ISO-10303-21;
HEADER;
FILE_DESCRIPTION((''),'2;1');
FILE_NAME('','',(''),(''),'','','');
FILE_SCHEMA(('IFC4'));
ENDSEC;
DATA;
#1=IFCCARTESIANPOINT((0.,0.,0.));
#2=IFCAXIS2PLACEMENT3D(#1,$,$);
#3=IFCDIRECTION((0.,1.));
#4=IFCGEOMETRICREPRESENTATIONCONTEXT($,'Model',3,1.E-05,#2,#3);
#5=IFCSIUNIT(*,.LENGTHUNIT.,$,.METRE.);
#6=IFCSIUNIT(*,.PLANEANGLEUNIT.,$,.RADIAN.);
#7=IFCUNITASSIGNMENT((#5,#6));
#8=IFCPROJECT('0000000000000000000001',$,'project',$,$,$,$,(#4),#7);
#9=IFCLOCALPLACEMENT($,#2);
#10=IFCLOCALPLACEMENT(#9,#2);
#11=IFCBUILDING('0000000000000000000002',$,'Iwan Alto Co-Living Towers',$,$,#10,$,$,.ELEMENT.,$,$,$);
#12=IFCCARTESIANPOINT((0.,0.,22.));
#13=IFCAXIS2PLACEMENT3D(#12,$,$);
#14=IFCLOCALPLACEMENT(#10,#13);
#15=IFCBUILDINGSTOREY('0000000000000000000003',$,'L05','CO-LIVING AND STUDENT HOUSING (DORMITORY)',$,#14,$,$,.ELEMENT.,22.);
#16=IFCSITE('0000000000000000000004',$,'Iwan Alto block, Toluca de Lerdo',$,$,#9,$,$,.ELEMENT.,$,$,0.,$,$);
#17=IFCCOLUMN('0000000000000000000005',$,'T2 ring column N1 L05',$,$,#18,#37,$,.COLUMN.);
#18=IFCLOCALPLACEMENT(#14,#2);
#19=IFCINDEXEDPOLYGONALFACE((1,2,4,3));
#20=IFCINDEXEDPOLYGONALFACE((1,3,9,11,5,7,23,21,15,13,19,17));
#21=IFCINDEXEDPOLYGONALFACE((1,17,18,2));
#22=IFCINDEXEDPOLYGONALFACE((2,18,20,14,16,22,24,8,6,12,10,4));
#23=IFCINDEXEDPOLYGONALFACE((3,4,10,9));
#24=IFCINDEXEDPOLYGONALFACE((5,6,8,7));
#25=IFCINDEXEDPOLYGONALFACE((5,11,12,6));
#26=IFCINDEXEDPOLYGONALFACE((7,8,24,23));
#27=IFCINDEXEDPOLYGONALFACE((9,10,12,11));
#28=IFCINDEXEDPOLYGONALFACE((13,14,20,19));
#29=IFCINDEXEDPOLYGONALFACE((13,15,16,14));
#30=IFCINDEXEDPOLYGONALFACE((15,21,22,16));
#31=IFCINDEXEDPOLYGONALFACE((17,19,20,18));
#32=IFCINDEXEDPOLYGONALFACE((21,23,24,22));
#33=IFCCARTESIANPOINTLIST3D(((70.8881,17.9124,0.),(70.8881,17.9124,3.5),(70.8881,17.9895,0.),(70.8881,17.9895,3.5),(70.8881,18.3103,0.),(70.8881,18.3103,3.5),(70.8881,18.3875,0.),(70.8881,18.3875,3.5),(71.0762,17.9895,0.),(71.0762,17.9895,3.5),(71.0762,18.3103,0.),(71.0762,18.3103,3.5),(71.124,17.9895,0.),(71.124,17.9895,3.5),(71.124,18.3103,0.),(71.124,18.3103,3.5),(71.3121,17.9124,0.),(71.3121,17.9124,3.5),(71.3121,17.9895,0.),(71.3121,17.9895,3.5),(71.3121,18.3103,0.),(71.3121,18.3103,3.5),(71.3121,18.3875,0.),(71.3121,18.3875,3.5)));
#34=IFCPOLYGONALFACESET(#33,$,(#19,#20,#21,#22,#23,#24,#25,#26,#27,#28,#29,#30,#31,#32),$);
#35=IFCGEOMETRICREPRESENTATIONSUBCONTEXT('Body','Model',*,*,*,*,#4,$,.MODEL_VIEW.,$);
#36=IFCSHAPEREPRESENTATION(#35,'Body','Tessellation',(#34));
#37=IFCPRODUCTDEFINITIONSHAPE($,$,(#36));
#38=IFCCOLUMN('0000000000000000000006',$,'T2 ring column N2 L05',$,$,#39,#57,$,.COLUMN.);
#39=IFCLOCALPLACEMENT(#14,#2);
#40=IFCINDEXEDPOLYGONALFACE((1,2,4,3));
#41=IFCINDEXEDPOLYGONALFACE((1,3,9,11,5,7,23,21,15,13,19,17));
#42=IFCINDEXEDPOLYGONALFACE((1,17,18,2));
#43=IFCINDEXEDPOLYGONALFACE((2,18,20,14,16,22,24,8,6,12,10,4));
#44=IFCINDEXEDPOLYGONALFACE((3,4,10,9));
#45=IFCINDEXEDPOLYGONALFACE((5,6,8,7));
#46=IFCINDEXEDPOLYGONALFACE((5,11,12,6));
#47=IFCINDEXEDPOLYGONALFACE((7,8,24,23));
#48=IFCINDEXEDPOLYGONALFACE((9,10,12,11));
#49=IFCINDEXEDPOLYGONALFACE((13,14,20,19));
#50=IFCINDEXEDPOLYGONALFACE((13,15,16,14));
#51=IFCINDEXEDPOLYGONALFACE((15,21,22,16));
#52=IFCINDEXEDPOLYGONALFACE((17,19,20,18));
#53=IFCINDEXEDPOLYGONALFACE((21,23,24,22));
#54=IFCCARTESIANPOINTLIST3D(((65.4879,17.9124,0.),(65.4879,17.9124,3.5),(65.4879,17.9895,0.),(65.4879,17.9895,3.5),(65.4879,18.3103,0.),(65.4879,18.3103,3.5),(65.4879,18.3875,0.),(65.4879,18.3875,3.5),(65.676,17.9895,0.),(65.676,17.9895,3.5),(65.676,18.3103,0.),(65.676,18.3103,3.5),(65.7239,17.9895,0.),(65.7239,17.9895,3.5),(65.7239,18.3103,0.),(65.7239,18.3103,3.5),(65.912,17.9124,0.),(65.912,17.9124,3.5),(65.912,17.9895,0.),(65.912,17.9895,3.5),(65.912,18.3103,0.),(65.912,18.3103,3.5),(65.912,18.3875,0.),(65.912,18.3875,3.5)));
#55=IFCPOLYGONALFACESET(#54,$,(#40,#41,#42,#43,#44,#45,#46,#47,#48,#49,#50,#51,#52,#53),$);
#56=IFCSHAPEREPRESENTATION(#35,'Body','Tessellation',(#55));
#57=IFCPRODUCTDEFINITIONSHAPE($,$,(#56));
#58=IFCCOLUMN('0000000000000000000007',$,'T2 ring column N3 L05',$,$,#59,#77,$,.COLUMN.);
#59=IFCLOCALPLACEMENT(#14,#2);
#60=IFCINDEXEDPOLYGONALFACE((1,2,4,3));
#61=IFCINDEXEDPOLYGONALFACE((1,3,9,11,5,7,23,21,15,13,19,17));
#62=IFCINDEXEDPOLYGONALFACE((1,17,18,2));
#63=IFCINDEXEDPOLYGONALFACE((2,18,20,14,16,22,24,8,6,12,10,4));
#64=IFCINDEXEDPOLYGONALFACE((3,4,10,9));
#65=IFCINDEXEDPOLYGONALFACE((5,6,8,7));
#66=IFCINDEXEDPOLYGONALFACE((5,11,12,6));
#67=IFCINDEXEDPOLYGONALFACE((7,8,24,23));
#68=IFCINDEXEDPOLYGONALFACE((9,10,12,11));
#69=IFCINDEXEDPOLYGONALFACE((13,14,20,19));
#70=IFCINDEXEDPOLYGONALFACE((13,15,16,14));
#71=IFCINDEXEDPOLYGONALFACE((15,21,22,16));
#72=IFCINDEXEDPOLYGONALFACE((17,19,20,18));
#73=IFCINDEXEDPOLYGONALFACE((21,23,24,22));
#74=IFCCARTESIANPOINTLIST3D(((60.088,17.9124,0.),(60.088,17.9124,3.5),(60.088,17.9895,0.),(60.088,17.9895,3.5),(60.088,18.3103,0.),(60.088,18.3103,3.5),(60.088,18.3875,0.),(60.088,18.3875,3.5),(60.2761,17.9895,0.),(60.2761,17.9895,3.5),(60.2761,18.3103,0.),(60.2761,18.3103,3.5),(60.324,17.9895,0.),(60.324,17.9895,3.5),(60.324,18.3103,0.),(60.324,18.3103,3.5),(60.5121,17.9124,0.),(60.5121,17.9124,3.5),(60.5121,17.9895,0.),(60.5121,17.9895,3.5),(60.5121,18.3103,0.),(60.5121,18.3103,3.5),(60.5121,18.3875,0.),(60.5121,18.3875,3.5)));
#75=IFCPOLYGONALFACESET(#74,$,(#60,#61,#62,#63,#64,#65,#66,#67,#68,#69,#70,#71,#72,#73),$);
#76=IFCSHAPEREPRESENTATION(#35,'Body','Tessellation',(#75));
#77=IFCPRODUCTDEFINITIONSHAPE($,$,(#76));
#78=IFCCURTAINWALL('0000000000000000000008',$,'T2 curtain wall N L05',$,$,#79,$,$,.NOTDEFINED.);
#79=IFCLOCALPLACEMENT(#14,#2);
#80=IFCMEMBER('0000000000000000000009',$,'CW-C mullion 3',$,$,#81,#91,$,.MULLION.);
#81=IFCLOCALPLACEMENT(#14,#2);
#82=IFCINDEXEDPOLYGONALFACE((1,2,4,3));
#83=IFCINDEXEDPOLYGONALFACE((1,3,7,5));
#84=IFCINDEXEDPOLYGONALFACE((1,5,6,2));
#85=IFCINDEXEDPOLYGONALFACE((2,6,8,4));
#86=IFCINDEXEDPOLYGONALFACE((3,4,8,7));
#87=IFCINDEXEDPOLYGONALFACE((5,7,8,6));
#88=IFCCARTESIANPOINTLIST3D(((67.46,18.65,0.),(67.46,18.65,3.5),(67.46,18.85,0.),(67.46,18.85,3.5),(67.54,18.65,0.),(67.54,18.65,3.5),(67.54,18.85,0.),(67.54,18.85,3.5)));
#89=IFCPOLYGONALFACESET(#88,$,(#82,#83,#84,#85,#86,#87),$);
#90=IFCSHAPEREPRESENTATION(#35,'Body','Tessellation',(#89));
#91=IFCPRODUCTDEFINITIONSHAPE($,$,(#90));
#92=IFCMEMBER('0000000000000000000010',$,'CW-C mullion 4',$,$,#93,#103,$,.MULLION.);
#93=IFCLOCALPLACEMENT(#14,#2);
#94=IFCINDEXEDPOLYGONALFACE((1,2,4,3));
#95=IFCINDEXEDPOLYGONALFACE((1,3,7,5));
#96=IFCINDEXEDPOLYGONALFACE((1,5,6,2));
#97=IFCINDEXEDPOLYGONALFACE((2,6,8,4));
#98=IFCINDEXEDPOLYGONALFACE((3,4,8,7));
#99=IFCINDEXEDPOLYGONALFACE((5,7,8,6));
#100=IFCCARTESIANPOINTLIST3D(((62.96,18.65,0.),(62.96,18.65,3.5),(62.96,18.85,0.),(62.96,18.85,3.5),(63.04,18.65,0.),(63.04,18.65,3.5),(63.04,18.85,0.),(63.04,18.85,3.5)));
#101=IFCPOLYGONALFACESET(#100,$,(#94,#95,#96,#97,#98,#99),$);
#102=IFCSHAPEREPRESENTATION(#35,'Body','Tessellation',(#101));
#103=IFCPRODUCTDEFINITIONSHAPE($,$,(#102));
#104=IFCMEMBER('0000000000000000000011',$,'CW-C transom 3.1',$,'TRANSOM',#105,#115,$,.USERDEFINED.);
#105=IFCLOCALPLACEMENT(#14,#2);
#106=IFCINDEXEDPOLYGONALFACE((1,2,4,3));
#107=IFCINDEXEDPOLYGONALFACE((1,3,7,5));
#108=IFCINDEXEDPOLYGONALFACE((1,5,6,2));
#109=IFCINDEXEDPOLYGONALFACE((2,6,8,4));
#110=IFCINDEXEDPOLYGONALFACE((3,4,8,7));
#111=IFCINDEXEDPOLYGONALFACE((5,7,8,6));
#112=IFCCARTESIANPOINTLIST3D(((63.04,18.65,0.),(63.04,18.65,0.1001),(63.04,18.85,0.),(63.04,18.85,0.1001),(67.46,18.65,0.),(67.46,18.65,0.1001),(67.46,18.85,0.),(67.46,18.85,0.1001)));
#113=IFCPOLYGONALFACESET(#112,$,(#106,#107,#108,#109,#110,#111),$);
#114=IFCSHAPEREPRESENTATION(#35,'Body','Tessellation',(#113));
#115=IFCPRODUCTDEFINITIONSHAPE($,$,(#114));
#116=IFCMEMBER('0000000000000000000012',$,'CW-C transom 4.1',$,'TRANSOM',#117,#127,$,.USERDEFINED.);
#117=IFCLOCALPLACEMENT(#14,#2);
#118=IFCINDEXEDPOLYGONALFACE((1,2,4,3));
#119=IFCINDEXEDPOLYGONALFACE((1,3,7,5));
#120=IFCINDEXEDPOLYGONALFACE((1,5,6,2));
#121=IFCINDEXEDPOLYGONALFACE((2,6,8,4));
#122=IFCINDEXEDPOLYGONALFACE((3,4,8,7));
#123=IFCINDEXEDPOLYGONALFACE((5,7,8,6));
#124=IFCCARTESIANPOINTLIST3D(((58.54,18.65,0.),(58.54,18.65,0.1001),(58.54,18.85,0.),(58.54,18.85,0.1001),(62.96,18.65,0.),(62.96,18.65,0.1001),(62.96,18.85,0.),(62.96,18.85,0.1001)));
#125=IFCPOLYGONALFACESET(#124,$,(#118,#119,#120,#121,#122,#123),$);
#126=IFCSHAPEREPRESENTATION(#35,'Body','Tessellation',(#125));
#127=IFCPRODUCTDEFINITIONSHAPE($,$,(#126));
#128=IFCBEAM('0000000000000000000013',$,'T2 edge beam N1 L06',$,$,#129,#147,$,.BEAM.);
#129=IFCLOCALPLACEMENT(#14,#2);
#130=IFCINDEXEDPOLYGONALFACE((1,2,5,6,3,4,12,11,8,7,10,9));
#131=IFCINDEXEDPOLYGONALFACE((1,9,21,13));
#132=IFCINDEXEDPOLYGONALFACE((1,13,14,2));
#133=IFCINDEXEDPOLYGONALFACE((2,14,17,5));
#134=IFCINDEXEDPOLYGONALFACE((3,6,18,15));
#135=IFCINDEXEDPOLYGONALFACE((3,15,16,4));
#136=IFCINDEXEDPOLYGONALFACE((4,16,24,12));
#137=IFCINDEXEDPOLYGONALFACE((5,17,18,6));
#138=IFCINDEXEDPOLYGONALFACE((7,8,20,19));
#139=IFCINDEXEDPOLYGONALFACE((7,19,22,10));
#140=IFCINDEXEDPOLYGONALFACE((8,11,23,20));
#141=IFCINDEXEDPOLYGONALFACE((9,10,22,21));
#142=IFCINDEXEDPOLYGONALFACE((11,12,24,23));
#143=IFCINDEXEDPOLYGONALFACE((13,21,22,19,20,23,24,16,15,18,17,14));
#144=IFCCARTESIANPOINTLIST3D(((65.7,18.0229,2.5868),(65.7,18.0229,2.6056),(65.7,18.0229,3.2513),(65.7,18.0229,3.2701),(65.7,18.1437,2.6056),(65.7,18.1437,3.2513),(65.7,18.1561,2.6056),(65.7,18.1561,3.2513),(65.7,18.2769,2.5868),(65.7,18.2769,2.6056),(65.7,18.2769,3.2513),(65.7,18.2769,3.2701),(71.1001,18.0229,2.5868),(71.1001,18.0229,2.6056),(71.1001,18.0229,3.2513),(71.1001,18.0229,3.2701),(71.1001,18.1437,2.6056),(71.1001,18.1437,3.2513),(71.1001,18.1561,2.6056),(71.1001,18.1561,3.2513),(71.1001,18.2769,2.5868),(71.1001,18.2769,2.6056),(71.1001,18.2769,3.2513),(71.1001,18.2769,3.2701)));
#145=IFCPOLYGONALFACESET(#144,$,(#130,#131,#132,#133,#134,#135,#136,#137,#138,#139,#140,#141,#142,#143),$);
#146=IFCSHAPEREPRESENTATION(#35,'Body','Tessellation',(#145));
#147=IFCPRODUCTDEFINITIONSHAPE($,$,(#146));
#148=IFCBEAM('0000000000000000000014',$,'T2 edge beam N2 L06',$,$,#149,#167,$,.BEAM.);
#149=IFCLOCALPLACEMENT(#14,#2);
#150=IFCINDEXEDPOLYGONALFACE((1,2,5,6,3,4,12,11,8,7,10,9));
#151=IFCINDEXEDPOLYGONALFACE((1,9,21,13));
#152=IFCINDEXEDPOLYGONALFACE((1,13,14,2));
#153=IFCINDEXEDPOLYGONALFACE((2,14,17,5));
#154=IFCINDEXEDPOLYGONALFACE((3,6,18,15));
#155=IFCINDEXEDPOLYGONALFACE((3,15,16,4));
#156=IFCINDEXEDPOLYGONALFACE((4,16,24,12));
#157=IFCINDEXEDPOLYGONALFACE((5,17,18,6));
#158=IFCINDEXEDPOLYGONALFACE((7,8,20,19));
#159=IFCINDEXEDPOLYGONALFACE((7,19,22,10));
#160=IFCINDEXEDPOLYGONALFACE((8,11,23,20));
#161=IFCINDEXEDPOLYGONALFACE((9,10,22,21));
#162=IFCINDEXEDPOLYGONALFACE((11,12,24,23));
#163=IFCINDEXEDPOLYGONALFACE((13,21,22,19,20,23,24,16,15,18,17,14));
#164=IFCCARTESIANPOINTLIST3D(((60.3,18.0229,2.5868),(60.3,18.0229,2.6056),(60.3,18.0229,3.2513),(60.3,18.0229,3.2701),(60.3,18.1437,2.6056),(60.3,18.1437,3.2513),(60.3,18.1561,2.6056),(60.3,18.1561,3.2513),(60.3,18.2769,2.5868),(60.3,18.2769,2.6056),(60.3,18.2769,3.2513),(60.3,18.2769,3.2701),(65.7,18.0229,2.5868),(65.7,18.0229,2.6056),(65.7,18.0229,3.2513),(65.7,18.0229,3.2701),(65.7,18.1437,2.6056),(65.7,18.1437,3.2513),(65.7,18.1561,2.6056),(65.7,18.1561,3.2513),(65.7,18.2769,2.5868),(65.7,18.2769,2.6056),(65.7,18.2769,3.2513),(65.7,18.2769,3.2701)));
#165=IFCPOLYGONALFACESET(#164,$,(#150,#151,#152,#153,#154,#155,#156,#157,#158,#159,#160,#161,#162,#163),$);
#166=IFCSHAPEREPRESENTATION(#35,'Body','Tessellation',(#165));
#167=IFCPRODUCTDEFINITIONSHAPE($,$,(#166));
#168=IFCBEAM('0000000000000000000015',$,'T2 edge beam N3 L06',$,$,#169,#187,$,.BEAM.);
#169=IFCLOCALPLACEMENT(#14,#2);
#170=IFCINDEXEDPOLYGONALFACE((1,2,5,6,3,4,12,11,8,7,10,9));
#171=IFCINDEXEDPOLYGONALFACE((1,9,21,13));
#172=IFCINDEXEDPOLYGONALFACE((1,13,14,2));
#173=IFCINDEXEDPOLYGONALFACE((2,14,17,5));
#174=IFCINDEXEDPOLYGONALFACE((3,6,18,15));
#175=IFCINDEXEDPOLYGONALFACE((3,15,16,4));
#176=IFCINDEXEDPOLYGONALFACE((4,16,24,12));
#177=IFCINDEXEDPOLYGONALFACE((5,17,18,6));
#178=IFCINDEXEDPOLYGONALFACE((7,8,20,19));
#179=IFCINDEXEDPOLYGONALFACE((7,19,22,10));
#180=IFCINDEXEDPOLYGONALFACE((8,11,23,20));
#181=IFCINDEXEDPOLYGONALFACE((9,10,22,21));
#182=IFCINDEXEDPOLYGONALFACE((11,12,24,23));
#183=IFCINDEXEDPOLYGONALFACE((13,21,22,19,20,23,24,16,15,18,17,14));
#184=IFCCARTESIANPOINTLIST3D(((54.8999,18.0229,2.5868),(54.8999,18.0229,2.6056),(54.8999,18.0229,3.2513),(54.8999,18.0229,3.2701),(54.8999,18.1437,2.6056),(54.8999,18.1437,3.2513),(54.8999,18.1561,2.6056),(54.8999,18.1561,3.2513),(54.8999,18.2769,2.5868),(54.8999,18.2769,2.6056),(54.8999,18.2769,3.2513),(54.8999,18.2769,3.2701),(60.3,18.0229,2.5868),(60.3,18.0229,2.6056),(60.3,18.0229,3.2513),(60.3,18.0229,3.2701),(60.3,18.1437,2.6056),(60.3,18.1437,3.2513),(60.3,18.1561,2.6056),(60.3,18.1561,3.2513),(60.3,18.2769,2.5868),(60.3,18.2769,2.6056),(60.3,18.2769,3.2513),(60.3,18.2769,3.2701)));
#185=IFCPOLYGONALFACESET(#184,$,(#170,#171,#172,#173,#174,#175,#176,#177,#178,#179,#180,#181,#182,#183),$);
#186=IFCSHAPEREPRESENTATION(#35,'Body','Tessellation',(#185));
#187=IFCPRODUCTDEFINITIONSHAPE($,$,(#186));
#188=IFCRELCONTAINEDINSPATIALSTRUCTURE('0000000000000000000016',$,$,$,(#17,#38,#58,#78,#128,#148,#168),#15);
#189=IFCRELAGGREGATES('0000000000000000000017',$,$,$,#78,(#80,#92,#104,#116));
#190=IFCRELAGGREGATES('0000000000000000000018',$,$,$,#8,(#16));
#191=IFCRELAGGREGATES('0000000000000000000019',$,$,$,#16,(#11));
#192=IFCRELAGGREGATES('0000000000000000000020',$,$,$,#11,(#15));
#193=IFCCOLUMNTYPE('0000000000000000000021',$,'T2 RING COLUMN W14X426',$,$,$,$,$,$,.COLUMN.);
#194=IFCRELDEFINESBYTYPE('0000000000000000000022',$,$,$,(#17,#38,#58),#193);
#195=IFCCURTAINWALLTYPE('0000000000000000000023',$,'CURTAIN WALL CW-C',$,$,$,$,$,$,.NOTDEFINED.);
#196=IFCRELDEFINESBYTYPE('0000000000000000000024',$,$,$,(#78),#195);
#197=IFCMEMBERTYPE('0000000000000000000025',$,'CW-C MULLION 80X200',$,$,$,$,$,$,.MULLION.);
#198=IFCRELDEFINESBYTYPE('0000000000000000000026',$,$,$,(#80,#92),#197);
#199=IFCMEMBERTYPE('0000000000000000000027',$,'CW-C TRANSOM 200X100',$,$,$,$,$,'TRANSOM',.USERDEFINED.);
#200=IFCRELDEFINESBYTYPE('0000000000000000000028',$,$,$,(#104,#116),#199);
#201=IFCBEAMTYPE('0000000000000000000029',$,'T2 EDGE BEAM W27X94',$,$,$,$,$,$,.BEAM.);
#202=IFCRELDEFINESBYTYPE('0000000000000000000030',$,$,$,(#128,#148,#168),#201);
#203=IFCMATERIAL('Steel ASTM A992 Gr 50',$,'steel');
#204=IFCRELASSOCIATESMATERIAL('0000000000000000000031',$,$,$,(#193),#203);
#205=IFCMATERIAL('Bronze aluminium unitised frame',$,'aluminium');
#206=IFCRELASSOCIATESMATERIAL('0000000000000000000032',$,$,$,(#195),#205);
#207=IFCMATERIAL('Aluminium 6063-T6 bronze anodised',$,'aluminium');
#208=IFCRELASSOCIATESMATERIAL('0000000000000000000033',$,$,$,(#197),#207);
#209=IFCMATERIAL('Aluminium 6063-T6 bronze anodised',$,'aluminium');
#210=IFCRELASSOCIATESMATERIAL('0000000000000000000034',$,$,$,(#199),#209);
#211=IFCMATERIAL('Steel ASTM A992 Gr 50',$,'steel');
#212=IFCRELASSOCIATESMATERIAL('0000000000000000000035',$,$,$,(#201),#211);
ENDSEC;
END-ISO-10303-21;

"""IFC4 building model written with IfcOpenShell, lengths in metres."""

from ifc_helpers import new_model, si_unit, direction, frame, origin, origin_2d, place, context, subcontext, project, spatial, rectangle, i_section, extrude, material, material_profile, profile_set, type_object, element, aggregate, save


model = new_model("IFC4")

# Units and contexts
model_context = context("Model", 3, precision=1e-05, world=origin(), true_north=direction((0.0, 1.0)))
body_context = subcontext(model_context, "Body", "Model", "MODEL_VIEW")
ifc_project = project(units=[si_unit("LENGTHUNIT", "METRE"), si_unit("PLANEANGLEUNIT", "RADIAN")], contexts=[model_context])

# Site, building, storey
site_placement = place(None, origin())
site = spatial("IfcSite", under=ifc_project, at=site_placement, Name="Iwan Alto block, Toluca de Lerdo", CompositionType="ELEMENT", RefElevation=0.0)
building_placement = place(site_placement, origin())
building = spatial("IfcBuilding", under=site, at=building_placement, Name="Iwan Alto Co-Living Towers", CompositionType="ELEMENT")
storey_placement = place(building_placement, frame((0.0, 0.0, 22.0)))
storey = spatial("IfcBuildingStorey", under=building, at=storey_placement, Name="L05", Description="CO-LIVING AND STUDENT HOUSING (DORMITORY)", CompositionType="ELEMENT", Elevation=22.0)

# Columns
ifc_material_1 = material(Name="Steel ASTM A992 Gr 50", Category="steel")
ifc_material_profile_1 = material_profile(ifc_material_1, i_section(OverallWidth=0.4241, OverallDepth=0.4751, WebThickness=0.0479, FlangeThickness=0.0771, at=origin_2d()), Name="W14X426")
ifc_profile_set_1 = profile_set([ifc_material_profile_1], Name="Steel ASTM A992 Gr 50")
column_type = type_object("IfcColumnType", Name="T2 RING COLUMN W14X426", PredefinedType="COLUMN", material=ifc_profile_set_1)
for number, where, z_axis, x_axis, name in (
    (1, (71.1001, 18.1499, 0.0), (0.0, 0.0, 1.0), (1.0, 0.0, 0.0), "T2 ring column N1 L05"),
    (2, (65.7, 18.1499, 0.0), (0.0, 0.0, 1.0), (1.0, 0.0, 0.0), "T2 ring column N2 L05"),
    (3, (60.3, 18.1499, 0.0), (0.0, 0.0, 1.0), (1.0, 0.0, 0.0), "T2 ring column N3 L05"),
):
    element("IfcColumn", number, at=place(storey_placement, frame(where, z_axis=z_axis, x_axis=x_axis)), inside=storey, type_object=column_type, Name=name, PredefinedType="COLUMN", context=body_context, shape_type="SweptSolid", body=[
        extrude(i_section(OverallWidth=0.4241, OverallDepth=0.4751, WebThickness=0.0479, FlangeThickness=0.0771, at=origin_2d()), origin(), (0.0, 0.0, 1.0), 3.5),
    ])

# Curtain wall, members
ifc_material_2 = material(Name="Bronze aluminium unitised frame", Category="aluminium")
curtain_wall_type = type_object("IfcCurtainWallType", Name="CURTAIN WALL CW-C", PredefinedType="NOTDEFINED", material=ifc_material_2)
curtain_wall_placement = place(storey_placement, origin())
curtain_wall = element("IfcCurtainWall", 4, at=curtain_wall_placement, inside=storey, type_object=curtain_wall_type, Name="T2 curtain wall N L05", PredefinedType="NOTDEFINED")
ifc_material_3 = material(Name="Aluminium 6063-T6 bronze anodised", Category="aluminium")
ifc_material_profile_2 = material_profile(ifc_material_3, rectangle(XDim=0.2, YDim=0.0801, at=origin_2d()), Name="AL 80X200")
ifc_profile_set_2 = profile_set([ifc_material_profile_2], Name="Aluminium 6063-T6 bronze anodised")
member_type_1 = type_object("IfcMemberType", Name="CW-C MULLION 80X200", PredefinedType="MULLION", material=ifc_profile_set_2)
member_1_placement = place(storey_placement, frame((67.5, 18.75, 0.0), z_axis=(0.0, 0.0, 1.0), x_axis=(0.0, -1.0, 0.0)))
member_1 = element("IfcMember", 5, at=member_1_placement, type_object=member_type_1, Name="CW-C mullion 3", PredefinedType="MULLION", context=body_context, shape_type="SweptSolid", body=[
    extrude(rectangle(XDim=0.2, YDim=0.0801, at=origin_2d()), origin(), (0.0, 0.0, 1.0), 3.5),
])
member_2_placement = place(storey_placement, frame((63.0, 18.75, 0.0), z_axis=(0.0, 0.0, 1.0), x_axis=(0.0, -1.0, 0.0)))
member_2 = element("IfcMember", 6, at=member_2_placement, type_object=member_type_1, Name="CW-C mullion 4", PredefinedType="MULLION", context=body_context, shape_type="SweptSolid", body=[
    extrude(rectangle(XDim=0.2, YDim=0.0801, at=origin_2d()), origin(), (0.0, 0.0, 1.0), 3.5),
])
ifc_material_4 = material(Name="Aluminium 6063-T6 bronze anodised", Category="aluminium")
ifc_material_profile_3 = material_profile(ifc_material_4, rectangle(XDim=0.2, YDim=0.1001, at=origin_2d()), Name="AL 200X100")
ifc_profile_set_3 = profile_set([ifc_material_profile_3], Name="Aluminium 6063-T6 bronze anodised")
member_type_2 = type_object("IfcMemberType", Name="CW-C TRANSOM 200X100", ElementType="TRANSOM", PredefinedType="USERDEFINED", material=ifc_profile_set_3)
member_3_placement = place(storey_placement, frame((67.46, 18.75, 0.05), z_axis=(-1.0, 0.0, 0.0), x_axis=(0.0, -1.0, 0.0)))
member_3 = element("IfcMember", 7, at=member_3_placement, type_object=member_type_2, Name="CW-C transom 3.1", ObjectType="TRANSOM", PredefinedType="USERDEFINED", context=body_context, shape_type="SweptSolid", body=[
    extrude(rectangle(XDim=0.2, YDim=0.1001, at=origin_2d()), origin(), (0.0, 0.0, 1.0), 4.4199),
])
member_4_placement = place(storey_placement, frame((62.96, 18.75, 0.05), z_axis=(-1.0, 0.0, 0.0), x_axis=(0.0, -1.0, 0.0)))
member_4 = element("IfcMember", 8, at=member_4_placement, type_object=member_type_2, Name="CW-C transom 4.1", ObjectType="TRANSOM", PredefinedType="USERDEFINED", context=body_context, shape_type="SweptSolid", body=[
    extrude(rectangle(XDim=0.2, YDim=0.1001, at=origin_2d()), origin(), (0.0, 0.0, 1.0), 4.4199),
])

# Beams
ifc_material_5 = material(Name="Steel ASTM A992 Gr 50", Category="steel")
ifc_material_profile_4 = material_profile(ifc_material_5, i_section(OverallWidth=0.2539, OverallDepth=0.6833, WebThickness=0.0125, FlangeThickness=0.0188, at=origin_2d()), Name="W27X94")
ifc_profile_set_4 = profile_set([ifc_material_profile_4], Name="Steel ASTM A992 Gr 50")
beam_type_1 = type_object("IfcBeamType", Name="T2 EDGE BEAM W27X94", PredefinedType="BEAM", material=ifc_profile_set_4)
beam_1_placement = place(storey_placement, frame((71.1001, 18.1499, 2.9285), z_axis=(-1.0, 0.0, 0.0), x_axis=(0.0, -1.0, 0.0)))
element("IfcBeam", 9, at=beam_1_placement, inside=storey, type_object=beam_type_1, Name="T2 edge beam N1 L06", PredefinedType="BEAM", context=body_context, shape_type="SweptSolid", body=[
    extrude(i_section(OverallWidth=0.2539, OverallDepth=0.6833, WebThickness=0.0125, FlangeThickness=0.0188, at=origin_2d()), origin(), (0.0, 0.0, 1.0), 5.4001),
])
beam_2_placement = place(storey_placement, frame((65.7, 18.1499, 2.9285), z_axis=(-1.0, 0.0, 0.0), x_axis=(0.0, -1.0, 0.0)))
element("IfcBeam", 10, at=beam_2_placement, inside=storey, type_object=beam_type_1, Name="T2 edge beam N2 L06", PredefinedType="BEAM", context=body_context, shape_type="SweptSolid", body=[
    extrude(i_section(OverallWidth=0.2539, OverallDepth=0.6833, WebThickness=0.0125, FlangeThickness=0.0188, at=origin_2d()), origin(), (0.0, 0.0, 1.0), 5.3999),
])
beam_3_placement = place(storey_placement, frame((60.3, 18.1499, 2.9285), z_axis=(-1.0, 0.0, 0.0), x_axis=(0.0, -1.0, 0.0)))
element("IfcBeam", 11, at=beam_3_placement, inside=storey, type_object=beam_type_1, Name="T2 edge beam N3 L06", PredefinedType="BEAM", context=body_context, shape_type="SweptSolid", body=[
    extrude(i_section(OverallWidth=0.2539, OverallDepth=0.6833, WebThickness=0.0125, FlangeThickness=0.0188, at=origin_2d()), origin(), (0.0, 0.0, 1.0), 5.4001),
])

aggregate(curtain_wall, [member_1, member_2, member_3, member_4])

save(model, "model.ifc")
